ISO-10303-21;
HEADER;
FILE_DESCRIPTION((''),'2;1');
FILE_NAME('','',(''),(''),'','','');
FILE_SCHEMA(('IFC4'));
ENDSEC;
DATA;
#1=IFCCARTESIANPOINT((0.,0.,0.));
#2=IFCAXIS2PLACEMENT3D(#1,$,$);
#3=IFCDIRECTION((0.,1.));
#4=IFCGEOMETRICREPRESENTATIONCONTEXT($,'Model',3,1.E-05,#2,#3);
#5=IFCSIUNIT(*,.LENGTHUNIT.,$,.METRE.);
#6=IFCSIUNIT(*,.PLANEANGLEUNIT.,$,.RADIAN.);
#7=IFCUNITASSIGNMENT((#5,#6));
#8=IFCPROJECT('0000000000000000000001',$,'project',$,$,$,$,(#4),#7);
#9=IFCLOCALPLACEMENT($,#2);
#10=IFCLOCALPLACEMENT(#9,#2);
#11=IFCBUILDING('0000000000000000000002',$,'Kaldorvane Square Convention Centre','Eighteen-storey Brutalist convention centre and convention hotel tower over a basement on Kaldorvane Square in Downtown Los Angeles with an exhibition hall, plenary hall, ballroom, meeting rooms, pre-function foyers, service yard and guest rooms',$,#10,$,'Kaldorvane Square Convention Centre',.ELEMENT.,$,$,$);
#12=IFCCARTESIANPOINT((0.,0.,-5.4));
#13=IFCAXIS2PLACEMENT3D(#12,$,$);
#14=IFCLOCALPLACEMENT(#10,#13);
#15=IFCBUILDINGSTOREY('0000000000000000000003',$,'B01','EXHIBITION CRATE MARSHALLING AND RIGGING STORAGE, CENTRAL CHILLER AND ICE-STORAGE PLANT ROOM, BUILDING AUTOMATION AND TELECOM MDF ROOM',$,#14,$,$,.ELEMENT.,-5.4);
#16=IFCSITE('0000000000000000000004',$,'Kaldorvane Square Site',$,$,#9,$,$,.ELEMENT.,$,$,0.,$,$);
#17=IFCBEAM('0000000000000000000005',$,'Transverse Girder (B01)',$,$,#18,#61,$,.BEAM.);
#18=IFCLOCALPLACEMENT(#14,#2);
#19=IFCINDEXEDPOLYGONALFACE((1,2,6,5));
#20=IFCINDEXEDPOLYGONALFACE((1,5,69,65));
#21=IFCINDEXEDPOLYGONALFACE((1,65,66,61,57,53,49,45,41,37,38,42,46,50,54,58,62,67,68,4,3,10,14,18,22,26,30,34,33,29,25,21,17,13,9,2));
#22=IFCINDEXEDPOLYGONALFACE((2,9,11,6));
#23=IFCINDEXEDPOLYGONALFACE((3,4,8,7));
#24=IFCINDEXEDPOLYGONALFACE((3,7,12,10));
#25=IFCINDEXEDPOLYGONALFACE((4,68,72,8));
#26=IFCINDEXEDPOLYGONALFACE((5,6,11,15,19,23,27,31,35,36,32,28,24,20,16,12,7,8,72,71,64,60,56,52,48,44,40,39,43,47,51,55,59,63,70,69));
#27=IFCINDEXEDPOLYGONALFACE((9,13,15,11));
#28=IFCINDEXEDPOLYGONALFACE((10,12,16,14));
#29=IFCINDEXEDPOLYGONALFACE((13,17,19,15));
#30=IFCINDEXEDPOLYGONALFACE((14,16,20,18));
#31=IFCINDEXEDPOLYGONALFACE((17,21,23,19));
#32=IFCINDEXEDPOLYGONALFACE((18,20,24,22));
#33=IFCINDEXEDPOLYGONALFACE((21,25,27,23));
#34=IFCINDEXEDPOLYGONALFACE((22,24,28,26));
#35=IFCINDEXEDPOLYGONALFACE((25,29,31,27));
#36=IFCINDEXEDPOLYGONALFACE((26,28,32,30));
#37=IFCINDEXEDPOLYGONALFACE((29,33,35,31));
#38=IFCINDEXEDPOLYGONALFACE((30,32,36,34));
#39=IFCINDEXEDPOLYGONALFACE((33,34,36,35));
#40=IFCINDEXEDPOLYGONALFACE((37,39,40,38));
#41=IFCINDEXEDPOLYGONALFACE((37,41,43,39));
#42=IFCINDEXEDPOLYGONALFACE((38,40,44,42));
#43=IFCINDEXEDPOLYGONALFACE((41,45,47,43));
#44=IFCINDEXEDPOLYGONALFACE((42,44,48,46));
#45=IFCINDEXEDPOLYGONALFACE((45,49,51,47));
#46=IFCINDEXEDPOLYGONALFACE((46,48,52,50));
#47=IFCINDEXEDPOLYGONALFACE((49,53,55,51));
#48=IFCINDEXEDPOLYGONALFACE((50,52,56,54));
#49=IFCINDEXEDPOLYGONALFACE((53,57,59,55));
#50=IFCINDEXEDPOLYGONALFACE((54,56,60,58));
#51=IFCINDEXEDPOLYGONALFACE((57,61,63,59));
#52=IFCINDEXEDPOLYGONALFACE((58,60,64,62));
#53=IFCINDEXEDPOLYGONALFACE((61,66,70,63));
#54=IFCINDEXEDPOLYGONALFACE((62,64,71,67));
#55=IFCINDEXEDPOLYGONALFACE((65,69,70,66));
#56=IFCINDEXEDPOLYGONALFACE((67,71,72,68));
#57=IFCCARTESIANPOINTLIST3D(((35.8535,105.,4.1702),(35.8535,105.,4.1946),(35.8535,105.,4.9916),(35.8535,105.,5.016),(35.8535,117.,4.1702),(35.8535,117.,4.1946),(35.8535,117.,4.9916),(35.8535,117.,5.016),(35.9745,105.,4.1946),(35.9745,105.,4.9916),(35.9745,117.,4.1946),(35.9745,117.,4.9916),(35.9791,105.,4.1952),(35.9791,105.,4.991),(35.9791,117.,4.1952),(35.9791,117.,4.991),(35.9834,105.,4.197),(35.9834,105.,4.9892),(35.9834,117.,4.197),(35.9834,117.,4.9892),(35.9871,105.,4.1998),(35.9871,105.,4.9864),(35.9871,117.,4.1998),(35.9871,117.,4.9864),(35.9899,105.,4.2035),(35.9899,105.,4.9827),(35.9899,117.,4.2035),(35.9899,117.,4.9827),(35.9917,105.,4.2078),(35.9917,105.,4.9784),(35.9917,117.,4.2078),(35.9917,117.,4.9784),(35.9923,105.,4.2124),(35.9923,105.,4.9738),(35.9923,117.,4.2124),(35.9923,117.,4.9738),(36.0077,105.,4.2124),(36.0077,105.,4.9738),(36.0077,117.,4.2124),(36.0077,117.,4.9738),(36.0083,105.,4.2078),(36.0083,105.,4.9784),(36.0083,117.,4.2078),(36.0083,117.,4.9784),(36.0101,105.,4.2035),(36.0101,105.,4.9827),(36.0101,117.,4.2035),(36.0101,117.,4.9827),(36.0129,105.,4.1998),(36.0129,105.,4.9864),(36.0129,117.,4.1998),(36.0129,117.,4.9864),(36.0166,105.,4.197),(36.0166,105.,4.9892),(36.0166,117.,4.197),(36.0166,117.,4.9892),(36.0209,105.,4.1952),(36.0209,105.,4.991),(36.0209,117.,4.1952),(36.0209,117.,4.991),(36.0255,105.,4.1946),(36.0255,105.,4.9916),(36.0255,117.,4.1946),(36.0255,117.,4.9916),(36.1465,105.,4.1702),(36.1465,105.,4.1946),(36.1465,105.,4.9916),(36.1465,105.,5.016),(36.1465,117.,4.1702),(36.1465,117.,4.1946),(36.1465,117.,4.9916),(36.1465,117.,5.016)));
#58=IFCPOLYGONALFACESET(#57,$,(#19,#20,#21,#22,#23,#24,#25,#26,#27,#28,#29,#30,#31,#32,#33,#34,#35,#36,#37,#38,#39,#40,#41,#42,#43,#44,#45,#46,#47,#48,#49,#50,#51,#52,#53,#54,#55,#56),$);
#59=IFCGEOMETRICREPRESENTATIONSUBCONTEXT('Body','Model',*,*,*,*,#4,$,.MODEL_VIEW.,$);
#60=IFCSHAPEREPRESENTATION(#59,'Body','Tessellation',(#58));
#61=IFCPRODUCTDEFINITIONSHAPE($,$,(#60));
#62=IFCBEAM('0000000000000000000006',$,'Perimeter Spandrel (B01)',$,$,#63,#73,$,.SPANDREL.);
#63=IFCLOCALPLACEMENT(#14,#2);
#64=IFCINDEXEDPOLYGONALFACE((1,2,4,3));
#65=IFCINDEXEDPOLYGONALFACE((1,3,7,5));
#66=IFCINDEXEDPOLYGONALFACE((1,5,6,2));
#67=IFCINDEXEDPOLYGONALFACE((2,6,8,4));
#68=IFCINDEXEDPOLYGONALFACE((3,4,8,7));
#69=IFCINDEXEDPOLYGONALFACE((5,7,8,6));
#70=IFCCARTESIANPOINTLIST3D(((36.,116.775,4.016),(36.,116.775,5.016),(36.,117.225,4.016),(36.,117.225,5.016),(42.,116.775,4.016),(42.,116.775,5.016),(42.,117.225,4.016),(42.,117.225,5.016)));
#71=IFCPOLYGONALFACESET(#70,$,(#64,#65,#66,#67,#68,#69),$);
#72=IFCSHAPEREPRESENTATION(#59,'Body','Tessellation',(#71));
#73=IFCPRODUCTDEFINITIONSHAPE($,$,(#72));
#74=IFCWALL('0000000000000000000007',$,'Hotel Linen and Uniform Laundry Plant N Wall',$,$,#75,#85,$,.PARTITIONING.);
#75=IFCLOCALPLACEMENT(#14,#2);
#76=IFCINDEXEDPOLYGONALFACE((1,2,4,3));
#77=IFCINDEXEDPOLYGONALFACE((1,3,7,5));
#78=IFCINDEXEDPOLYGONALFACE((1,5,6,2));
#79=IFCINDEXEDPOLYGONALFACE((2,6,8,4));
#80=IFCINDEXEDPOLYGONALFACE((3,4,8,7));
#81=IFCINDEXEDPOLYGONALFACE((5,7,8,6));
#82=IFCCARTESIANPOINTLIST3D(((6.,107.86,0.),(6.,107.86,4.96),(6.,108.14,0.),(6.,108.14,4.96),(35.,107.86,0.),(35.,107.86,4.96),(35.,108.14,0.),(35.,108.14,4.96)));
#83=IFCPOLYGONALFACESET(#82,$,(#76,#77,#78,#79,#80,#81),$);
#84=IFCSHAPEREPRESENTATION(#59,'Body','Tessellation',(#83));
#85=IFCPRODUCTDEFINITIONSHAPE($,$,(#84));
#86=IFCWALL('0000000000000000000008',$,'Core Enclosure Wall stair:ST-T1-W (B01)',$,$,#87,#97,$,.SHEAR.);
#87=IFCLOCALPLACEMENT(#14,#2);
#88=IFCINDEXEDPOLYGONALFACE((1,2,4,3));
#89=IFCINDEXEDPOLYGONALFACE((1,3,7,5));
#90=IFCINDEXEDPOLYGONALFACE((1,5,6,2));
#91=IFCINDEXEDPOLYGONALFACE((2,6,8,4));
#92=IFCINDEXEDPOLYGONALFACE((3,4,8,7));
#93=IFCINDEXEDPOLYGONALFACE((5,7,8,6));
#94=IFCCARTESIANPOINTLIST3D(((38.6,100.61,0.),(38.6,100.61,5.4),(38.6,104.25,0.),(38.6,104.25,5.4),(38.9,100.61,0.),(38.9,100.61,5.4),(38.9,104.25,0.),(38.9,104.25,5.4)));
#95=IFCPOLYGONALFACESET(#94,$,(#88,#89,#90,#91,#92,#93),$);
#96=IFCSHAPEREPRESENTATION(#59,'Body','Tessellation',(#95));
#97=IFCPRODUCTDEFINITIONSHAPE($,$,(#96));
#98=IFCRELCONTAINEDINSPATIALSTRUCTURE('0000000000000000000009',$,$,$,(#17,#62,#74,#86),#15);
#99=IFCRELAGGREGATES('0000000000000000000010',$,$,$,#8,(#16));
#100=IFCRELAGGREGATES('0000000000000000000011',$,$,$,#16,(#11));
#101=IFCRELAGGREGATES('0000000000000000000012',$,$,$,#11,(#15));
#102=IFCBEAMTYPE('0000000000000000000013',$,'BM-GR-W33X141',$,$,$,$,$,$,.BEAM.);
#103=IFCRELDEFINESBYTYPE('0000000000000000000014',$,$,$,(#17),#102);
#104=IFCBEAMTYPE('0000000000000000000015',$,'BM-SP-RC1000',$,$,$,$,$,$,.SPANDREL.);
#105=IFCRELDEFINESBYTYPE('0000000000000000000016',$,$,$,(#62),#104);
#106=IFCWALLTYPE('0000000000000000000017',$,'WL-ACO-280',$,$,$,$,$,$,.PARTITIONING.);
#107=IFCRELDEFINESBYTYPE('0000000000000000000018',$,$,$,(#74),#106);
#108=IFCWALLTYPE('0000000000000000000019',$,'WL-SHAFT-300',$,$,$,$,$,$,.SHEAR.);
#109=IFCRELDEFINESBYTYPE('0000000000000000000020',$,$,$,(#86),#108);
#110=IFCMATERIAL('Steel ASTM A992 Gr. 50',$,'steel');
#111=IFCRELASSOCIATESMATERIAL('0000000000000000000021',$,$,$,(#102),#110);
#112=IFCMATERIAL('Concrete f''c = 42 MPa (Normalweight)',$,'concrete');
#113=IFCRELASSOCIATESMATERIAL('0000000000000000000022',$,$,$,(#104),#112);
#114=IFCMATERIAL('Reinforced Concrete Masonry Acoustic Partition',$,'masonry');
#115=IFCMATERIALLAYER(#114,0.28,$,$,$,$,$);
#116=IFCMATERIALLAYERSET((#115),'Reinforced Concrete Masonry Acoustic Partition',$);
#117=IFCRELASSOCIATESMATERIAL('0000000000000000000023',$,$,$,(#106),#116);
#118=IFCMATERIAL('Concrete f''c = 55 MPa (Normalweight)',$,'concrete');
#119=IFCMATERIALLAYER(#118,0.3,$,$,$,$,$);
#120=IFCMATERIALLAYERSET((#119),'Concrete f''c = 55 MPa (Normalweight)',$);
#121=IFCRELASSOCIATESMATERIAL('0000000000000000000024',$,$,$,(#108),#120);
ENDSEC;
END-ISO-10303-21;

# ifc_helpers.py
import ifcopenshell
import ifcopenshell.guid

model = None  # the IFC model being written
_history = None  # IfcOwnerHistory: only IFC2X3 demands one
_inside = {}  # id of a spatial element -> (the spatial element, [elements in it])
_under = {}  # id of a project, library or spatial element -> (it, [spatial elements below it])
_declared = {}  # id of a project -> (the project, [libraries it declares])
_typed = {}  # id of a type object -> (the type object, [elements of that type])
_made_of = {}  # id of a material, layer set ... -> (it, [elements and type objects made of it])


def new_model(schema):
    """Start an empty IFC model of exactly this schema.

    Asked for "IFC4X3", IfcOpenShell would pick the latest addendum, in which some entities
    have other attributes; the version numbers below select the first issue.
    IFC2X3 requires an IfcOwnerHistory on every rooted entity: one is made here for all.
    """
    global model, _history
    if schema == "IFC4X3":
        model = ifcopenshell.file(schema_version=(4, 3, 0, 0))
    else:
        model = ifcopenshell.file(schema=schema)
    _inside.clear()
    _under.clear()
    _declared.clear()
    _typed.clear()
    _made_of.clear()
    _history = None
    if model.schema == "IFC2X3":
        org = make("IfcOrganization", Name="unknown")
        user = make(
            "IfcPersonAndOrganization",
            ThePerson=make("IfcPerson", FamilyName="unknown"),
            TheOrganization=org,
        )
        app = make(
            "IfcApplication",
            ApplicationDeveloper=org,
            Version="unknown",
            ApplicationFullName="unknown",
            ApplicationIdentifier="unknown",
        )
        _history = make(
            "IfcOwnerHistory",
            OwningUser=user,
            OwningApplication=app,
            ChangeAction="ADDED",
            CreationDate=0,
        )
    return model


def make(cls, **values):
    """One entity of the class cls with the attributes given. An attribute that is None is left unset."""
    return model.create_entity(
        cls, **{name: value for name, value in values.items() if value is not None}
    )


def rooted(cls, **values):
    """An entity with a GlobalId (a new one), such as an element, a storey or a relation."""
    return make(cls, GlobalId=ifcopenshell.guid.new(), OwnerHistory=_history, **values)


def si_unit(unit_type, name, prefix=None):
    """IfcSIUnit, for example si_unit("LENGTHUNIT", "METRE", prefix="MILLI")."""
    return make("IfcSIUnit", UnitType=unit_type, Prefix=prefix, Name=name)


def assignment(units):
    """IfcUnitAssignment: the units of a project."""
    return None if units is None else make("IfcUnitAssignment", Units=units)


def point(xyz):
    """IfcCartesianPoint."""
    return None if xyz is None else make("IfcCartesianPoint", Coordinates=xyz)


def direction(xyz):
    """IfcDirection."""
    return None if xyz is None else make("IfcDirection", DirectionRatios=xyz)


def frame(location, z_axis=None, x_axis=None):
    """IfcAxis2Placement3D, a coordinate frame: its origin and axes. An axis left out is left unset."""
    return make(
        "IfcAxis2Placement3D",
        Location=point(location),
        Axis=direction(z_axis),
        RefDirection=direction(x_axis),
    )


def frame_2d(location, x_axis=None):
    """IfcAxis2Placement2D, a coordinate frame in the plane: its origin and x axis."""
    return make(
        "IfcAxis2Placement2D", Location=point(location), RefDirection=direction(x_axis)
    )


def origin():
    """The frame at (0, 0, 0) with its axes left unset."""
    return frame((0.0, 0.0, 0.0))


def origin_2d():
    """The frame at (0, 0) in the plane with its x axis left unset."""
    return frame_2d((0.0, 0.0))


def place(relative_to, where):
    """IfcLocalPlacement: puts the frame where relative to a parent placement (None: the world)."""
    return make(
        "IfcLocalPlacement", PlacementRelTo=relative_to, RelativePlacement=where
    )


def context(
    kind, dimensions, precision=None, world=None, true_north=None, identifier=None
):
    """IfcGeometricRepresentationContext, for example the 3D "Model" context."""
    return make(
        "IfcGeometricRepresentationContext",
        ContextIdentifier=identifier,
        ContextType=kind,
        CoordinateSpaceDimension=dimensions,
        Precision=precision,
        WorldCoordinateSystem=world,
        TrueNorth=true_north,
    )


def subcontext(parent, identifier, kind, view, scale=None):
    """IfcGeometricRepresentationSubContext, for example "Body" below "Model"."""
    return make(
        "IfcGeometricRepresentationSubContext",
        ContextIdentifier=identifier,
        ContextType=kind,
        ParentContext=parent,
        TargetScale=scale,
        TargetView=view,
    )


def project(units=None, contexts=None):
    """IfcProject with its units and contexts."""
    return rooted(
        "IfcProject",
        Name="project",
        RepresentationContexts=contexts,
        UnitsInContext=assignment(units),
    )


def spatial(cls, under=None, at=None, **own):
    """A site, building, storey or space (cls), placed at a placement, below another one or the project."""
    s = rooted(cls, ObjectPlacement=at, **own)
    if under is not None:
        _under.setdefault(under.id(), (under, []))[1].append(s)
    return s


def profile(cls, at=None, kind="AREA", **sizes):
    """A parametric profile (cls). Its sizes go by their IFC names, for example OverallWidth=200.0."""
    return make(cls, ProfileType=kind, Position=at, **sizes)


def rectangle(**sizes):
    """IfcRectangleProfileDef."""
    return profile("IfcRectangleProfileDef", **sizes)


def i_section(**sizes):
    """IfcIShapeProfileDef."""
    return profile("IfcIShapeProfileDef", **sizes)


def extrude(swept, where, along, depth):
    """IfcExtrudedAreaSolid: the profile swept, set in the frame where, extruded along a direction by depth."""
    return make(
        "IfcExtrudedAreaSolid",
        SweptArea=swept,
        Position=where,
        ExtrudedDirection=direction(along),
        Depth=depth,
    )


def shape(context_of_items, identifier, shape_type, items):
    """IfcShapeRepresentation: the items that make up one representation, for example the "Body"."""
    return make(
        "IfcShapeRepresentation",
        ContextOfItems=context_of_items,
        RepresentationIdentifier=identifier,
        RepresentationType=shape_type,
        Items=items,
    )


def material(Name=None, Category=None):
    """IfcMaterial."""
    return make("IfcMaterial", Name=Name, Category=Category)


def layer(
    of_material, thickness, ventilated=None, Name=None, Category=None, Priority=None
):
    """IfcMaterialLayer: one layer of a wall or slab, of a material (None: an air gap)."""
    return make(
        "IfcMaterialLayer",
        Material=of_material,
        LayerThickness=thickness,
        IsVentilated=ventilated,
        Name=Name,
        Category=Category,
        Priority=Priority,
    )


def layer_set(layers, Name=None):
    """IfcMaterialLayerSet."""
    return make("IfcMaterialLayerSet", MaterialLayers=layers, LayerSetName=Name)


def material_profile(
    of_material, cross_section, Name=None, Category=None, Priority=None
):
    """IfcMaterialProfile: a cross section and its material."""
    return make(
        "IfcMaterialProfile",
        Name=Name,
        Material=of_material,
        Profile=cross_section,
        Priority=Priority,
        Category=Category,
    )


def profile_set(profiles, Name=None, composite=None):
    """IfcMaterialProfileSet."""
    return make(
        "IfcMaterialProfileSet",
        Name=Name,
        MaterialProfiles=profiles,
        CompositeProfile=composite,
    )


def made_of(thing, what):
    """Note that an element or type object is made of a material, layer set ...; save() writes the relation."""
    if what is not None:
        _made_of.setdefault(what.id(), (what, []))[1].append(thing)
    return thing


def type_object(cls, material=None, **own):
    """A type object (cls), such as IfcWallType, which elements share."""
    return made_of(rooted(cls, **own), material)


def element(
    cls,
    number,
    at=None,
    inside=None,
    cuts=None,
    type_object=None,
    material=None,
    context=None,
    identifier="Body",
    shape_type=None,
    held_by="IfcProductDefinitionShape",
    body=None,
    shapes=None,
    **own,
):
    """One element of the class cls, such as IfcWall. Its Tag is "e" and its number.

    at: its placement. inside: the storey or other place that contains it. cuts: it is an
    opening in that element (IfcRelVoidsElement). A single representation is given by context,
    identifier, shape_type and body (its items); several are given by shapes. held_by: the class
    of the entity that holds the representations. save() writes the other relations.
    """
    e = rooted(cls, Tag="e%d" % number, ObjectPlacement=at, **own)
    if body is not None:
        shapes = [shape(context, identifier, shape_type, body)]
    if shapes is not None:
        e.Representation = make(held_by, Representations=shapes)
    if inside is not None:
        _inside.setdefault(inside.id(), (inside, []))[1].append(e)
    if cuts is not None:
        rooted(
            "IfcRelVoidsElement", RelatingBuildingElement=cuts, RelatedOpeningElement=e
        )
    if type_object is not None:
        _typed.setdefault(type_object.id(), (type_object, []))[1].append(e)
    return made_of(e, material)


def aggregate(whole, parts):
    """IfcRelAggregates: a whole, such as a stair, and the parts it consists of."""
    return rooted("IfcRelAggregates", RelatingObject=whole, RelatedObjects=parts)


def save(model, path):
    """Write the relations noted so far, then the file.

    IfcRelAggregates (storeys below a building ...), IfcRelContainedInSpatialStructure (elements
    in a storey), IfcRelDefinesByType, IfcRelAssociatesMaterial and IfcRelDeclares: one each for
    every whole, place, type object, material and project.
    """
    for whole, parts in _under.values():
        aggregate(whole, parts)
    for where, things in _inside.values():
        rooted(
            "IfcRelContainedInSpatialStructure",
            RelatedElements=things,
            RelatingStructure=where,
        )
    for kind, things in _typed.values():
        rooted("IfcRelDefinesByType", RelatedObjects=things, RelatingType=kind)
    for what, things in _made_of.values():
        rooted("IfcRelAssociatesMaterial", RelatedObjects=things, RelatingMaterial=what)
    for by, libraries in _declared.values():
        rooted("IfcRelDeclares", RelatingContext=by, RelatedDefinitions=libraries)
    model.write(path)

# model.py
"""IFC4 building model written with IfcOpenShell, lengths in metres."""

from ifc_helpers import new_model, si_unit, direction, frame, frame_2d, origin, origin_2d, place, context, subcontext, project, spatial, rectangle, i_section, extrude, material, layer, layer_set, material_profile, profile_set, type_object, element, save


model = new_model("IFC4")

# Units and contexts
model_context = context("Model", 3, precision=1e-05, world=origin(), true_north=direction((0.0, 1.0)))
body_context = subcontext(model_context, "Body", "Model", "MODEL_VIEW")
ifc_project = project(units=[si_unit("LENGTHUNIT", "METRE"), si_unit("PLANEANGLEUNIT", "RADIAN")], contexts=[model_context])

# Site, building, storey
site_placement = place(None, origin())
site = spatial("IfcSite", under=ifc_project, at=site_placement, Name="Kaldorvane Square Site", CompositionType="ELEMENT", RefElevation=0.0)
building_placement = place(site_placement, origin())
building = spatial("IfcBuilding", under=site, at=building_placement, Name="Kaldorvane Square Convention Centre", Description="Eighteen-storey Brutalist convention centre and convention hotel tower over a basement on Kaldorvane Square in Downtown Los Angeles with an exhibition hall, plenary hall, ballroom, meeting rooms, pre-function foyers, service yard and guest rooms", LongName="Kaldorvane Square Convention Centre", CompositionType="ELEMENT")
storey_placement = place(building_placement, frame((0.0, 0.0, -5.4)))
storey = spatial("IfcBuildingStorey", under=building, at=storey_placement, Name="B01", Description="EXHIBITION CRATE MARSHALLING AND RIGGING STORAGE, CENTRAL CHILLER AND ICE-STORAGE PLANT ROOM, BUILDING AUTOMATION AND TELECOM MDF ROOM", CompositionType="ELEMENT", Elevation=-5.4)

# Shared definitions
ifc_material_1 = material(Name="Concrete f'c = 42 MPa (Normalweight)", Category="concrete")

# Shared definitions
ifc_material_2 = material(Name="Concrete f'c = 55 MPa (Normalweight)", Category="concrete")
ifc_material_3 = material(Name="Steel ASTM A992 Gr. 50", Category="steel")

# Beams
ifc_material_profile_1 = material_profile(ifc_material_3, i_section(OverallWidth=0.293, OverallDepth=0.8458, WebThickness=0.0154, FlangeThickness=0.0244, FilletRadius=0.0178, at=origin_2d()), Name="W33X141")
ifc_profile_set_1 = profile_set([ifc_material_profile_1], Name="Steel ASTM A992 Gr. 50")
beam_type_1 = type_object("IfcBeamType", Name="BM-GR-W33X141", PredefinedType="BEAM", material=ifc_profile_set_1)
beam_1_placement = place(storey_placement, frame((36.0, 105.0, 4.5931), z_axis=(0.0, 1.0, 0.0), x_axis=(-1.0, 0.0, 0.0)))
element("IfcBeam", 1, at=beam_1_placement, inside=storey, type_object=beam_type_1, Name="Transverse Girder (B01)", PredefinedType="BEAM", context=body_context, shape_type="SweptSolid", body=[
    extrude(i_section(OverallWidth=0.293, OverallDepth=0.8458, WebThickness=0.0154, FlangeThickness=0.0244, FilletRadius=0.0178, at=origin_2d()), origin(), (0.0, 0.0, 1.0), 12.0),
])
ifc_material_profile_2 = material_profile(ifc_material_1, rectangle(XDim=0.45, YDim=1.0, at=origin_2d()), Name="RCSP1000X450")
ifc_profile_set_2 = profile_set([ifc_material_profile_2], Name="Concrete f'c = 42 MPa (Normalweight)")
beam_type_2 = type_object("IfcBeamType", Name="BM-SP-RC1000", PredefinedType="SPANDREL", material=ifc_profile_set_2)
beam_2_placement = place(storey_placement, frame((36.0, 117.0, 4.516), z_axis=(1.0, 0.0, 0.0), x_axis=(0.0, 1.0, 0.0)))
element("IfcBeam", 2, at=beam_2_placement, inside=storey, type_object=beam_type_2, Name="Perimeter Spandrel (B01)", PredefinedType="SPANDREL", context=body_context, shape_type="SweptSolid", body=[
    extrude(rectangle(XDim=0.45, YDim=1.0, at=origin_2d()), origin(), (0.0, 0.0, 1.0), 6.0),
])

# Walls
ifc_material_4 = material(Name="Reinforced Concrete Masonry Acoustic Partition", Category="masonry")
ifc_layer_1 = layer(ifc_material_4, 0.28)
ifc_layer_set_1 = layer_set([ifc_layer_1], Name="Reinforced Concrete Masonry Acoustic Partition")
wall_type_1 = type_object("IfcWallType", Name="WL-ACO-280", PredefinedType="PARTITIONING", material=ifc_layer_set_1)
wall_1_placement = place(storey_placement, frame((35.0, 108.0, 0.0), z_axis=(0.0, 0.0, 1.0), x_axis=(-1.0, 0.0, 0.0)))
element("IfcWall", 3, at=wall_1_placement, inside=storey, type_object=wall_type_1, Name="Hotel Linen and Uniform Laundry Plant N Wall", PredefinedType="PARTITIONING", context=body_context, shape_type="SweptSolid", body=[
    extrude(rectangle(XDim=29.0, YDim=0.28, at=frame_2d((14.5, 0.0))), origin(), (0.0, 0.0, 1.0), 4.96),
])
ifc_layer_2 = layer(ifc_material_2, 0.3)
ifc_layer_set_2 = layer_set([ifc_layer_2], Name="Concrete f'c = 55 MPa (Normalweight)")
wall_type_2 = type_object("IfcWallType", Name="WL-SHAFT-300", PredefinedType="SHEAR", material=ifc_layer_set_2)
wall_2_placement = place(storey_placement, frame((38.75, 104.25, 0.0), z_axis=(0.0, 0.0, 1.0), x_axis=(0.0, -1.0, 0.0)))
element("IfcWall", 4, at=wall_2_placement, inside=storey, type_object=wall_type_2, Name="Core Enclosure Wall stair:ST-T1-W (B01)", PredefinedType="SHEAR", context=body_context, shape_type="SweptSolid", body=[
    extrude(rectangle(XDim=3.64, YDim=0.3, at=frame_2d((1.82, 0.0))), origin(), (0.0, 0.0, 1.0), 5.4),
])

save(model, "model.ifc")
